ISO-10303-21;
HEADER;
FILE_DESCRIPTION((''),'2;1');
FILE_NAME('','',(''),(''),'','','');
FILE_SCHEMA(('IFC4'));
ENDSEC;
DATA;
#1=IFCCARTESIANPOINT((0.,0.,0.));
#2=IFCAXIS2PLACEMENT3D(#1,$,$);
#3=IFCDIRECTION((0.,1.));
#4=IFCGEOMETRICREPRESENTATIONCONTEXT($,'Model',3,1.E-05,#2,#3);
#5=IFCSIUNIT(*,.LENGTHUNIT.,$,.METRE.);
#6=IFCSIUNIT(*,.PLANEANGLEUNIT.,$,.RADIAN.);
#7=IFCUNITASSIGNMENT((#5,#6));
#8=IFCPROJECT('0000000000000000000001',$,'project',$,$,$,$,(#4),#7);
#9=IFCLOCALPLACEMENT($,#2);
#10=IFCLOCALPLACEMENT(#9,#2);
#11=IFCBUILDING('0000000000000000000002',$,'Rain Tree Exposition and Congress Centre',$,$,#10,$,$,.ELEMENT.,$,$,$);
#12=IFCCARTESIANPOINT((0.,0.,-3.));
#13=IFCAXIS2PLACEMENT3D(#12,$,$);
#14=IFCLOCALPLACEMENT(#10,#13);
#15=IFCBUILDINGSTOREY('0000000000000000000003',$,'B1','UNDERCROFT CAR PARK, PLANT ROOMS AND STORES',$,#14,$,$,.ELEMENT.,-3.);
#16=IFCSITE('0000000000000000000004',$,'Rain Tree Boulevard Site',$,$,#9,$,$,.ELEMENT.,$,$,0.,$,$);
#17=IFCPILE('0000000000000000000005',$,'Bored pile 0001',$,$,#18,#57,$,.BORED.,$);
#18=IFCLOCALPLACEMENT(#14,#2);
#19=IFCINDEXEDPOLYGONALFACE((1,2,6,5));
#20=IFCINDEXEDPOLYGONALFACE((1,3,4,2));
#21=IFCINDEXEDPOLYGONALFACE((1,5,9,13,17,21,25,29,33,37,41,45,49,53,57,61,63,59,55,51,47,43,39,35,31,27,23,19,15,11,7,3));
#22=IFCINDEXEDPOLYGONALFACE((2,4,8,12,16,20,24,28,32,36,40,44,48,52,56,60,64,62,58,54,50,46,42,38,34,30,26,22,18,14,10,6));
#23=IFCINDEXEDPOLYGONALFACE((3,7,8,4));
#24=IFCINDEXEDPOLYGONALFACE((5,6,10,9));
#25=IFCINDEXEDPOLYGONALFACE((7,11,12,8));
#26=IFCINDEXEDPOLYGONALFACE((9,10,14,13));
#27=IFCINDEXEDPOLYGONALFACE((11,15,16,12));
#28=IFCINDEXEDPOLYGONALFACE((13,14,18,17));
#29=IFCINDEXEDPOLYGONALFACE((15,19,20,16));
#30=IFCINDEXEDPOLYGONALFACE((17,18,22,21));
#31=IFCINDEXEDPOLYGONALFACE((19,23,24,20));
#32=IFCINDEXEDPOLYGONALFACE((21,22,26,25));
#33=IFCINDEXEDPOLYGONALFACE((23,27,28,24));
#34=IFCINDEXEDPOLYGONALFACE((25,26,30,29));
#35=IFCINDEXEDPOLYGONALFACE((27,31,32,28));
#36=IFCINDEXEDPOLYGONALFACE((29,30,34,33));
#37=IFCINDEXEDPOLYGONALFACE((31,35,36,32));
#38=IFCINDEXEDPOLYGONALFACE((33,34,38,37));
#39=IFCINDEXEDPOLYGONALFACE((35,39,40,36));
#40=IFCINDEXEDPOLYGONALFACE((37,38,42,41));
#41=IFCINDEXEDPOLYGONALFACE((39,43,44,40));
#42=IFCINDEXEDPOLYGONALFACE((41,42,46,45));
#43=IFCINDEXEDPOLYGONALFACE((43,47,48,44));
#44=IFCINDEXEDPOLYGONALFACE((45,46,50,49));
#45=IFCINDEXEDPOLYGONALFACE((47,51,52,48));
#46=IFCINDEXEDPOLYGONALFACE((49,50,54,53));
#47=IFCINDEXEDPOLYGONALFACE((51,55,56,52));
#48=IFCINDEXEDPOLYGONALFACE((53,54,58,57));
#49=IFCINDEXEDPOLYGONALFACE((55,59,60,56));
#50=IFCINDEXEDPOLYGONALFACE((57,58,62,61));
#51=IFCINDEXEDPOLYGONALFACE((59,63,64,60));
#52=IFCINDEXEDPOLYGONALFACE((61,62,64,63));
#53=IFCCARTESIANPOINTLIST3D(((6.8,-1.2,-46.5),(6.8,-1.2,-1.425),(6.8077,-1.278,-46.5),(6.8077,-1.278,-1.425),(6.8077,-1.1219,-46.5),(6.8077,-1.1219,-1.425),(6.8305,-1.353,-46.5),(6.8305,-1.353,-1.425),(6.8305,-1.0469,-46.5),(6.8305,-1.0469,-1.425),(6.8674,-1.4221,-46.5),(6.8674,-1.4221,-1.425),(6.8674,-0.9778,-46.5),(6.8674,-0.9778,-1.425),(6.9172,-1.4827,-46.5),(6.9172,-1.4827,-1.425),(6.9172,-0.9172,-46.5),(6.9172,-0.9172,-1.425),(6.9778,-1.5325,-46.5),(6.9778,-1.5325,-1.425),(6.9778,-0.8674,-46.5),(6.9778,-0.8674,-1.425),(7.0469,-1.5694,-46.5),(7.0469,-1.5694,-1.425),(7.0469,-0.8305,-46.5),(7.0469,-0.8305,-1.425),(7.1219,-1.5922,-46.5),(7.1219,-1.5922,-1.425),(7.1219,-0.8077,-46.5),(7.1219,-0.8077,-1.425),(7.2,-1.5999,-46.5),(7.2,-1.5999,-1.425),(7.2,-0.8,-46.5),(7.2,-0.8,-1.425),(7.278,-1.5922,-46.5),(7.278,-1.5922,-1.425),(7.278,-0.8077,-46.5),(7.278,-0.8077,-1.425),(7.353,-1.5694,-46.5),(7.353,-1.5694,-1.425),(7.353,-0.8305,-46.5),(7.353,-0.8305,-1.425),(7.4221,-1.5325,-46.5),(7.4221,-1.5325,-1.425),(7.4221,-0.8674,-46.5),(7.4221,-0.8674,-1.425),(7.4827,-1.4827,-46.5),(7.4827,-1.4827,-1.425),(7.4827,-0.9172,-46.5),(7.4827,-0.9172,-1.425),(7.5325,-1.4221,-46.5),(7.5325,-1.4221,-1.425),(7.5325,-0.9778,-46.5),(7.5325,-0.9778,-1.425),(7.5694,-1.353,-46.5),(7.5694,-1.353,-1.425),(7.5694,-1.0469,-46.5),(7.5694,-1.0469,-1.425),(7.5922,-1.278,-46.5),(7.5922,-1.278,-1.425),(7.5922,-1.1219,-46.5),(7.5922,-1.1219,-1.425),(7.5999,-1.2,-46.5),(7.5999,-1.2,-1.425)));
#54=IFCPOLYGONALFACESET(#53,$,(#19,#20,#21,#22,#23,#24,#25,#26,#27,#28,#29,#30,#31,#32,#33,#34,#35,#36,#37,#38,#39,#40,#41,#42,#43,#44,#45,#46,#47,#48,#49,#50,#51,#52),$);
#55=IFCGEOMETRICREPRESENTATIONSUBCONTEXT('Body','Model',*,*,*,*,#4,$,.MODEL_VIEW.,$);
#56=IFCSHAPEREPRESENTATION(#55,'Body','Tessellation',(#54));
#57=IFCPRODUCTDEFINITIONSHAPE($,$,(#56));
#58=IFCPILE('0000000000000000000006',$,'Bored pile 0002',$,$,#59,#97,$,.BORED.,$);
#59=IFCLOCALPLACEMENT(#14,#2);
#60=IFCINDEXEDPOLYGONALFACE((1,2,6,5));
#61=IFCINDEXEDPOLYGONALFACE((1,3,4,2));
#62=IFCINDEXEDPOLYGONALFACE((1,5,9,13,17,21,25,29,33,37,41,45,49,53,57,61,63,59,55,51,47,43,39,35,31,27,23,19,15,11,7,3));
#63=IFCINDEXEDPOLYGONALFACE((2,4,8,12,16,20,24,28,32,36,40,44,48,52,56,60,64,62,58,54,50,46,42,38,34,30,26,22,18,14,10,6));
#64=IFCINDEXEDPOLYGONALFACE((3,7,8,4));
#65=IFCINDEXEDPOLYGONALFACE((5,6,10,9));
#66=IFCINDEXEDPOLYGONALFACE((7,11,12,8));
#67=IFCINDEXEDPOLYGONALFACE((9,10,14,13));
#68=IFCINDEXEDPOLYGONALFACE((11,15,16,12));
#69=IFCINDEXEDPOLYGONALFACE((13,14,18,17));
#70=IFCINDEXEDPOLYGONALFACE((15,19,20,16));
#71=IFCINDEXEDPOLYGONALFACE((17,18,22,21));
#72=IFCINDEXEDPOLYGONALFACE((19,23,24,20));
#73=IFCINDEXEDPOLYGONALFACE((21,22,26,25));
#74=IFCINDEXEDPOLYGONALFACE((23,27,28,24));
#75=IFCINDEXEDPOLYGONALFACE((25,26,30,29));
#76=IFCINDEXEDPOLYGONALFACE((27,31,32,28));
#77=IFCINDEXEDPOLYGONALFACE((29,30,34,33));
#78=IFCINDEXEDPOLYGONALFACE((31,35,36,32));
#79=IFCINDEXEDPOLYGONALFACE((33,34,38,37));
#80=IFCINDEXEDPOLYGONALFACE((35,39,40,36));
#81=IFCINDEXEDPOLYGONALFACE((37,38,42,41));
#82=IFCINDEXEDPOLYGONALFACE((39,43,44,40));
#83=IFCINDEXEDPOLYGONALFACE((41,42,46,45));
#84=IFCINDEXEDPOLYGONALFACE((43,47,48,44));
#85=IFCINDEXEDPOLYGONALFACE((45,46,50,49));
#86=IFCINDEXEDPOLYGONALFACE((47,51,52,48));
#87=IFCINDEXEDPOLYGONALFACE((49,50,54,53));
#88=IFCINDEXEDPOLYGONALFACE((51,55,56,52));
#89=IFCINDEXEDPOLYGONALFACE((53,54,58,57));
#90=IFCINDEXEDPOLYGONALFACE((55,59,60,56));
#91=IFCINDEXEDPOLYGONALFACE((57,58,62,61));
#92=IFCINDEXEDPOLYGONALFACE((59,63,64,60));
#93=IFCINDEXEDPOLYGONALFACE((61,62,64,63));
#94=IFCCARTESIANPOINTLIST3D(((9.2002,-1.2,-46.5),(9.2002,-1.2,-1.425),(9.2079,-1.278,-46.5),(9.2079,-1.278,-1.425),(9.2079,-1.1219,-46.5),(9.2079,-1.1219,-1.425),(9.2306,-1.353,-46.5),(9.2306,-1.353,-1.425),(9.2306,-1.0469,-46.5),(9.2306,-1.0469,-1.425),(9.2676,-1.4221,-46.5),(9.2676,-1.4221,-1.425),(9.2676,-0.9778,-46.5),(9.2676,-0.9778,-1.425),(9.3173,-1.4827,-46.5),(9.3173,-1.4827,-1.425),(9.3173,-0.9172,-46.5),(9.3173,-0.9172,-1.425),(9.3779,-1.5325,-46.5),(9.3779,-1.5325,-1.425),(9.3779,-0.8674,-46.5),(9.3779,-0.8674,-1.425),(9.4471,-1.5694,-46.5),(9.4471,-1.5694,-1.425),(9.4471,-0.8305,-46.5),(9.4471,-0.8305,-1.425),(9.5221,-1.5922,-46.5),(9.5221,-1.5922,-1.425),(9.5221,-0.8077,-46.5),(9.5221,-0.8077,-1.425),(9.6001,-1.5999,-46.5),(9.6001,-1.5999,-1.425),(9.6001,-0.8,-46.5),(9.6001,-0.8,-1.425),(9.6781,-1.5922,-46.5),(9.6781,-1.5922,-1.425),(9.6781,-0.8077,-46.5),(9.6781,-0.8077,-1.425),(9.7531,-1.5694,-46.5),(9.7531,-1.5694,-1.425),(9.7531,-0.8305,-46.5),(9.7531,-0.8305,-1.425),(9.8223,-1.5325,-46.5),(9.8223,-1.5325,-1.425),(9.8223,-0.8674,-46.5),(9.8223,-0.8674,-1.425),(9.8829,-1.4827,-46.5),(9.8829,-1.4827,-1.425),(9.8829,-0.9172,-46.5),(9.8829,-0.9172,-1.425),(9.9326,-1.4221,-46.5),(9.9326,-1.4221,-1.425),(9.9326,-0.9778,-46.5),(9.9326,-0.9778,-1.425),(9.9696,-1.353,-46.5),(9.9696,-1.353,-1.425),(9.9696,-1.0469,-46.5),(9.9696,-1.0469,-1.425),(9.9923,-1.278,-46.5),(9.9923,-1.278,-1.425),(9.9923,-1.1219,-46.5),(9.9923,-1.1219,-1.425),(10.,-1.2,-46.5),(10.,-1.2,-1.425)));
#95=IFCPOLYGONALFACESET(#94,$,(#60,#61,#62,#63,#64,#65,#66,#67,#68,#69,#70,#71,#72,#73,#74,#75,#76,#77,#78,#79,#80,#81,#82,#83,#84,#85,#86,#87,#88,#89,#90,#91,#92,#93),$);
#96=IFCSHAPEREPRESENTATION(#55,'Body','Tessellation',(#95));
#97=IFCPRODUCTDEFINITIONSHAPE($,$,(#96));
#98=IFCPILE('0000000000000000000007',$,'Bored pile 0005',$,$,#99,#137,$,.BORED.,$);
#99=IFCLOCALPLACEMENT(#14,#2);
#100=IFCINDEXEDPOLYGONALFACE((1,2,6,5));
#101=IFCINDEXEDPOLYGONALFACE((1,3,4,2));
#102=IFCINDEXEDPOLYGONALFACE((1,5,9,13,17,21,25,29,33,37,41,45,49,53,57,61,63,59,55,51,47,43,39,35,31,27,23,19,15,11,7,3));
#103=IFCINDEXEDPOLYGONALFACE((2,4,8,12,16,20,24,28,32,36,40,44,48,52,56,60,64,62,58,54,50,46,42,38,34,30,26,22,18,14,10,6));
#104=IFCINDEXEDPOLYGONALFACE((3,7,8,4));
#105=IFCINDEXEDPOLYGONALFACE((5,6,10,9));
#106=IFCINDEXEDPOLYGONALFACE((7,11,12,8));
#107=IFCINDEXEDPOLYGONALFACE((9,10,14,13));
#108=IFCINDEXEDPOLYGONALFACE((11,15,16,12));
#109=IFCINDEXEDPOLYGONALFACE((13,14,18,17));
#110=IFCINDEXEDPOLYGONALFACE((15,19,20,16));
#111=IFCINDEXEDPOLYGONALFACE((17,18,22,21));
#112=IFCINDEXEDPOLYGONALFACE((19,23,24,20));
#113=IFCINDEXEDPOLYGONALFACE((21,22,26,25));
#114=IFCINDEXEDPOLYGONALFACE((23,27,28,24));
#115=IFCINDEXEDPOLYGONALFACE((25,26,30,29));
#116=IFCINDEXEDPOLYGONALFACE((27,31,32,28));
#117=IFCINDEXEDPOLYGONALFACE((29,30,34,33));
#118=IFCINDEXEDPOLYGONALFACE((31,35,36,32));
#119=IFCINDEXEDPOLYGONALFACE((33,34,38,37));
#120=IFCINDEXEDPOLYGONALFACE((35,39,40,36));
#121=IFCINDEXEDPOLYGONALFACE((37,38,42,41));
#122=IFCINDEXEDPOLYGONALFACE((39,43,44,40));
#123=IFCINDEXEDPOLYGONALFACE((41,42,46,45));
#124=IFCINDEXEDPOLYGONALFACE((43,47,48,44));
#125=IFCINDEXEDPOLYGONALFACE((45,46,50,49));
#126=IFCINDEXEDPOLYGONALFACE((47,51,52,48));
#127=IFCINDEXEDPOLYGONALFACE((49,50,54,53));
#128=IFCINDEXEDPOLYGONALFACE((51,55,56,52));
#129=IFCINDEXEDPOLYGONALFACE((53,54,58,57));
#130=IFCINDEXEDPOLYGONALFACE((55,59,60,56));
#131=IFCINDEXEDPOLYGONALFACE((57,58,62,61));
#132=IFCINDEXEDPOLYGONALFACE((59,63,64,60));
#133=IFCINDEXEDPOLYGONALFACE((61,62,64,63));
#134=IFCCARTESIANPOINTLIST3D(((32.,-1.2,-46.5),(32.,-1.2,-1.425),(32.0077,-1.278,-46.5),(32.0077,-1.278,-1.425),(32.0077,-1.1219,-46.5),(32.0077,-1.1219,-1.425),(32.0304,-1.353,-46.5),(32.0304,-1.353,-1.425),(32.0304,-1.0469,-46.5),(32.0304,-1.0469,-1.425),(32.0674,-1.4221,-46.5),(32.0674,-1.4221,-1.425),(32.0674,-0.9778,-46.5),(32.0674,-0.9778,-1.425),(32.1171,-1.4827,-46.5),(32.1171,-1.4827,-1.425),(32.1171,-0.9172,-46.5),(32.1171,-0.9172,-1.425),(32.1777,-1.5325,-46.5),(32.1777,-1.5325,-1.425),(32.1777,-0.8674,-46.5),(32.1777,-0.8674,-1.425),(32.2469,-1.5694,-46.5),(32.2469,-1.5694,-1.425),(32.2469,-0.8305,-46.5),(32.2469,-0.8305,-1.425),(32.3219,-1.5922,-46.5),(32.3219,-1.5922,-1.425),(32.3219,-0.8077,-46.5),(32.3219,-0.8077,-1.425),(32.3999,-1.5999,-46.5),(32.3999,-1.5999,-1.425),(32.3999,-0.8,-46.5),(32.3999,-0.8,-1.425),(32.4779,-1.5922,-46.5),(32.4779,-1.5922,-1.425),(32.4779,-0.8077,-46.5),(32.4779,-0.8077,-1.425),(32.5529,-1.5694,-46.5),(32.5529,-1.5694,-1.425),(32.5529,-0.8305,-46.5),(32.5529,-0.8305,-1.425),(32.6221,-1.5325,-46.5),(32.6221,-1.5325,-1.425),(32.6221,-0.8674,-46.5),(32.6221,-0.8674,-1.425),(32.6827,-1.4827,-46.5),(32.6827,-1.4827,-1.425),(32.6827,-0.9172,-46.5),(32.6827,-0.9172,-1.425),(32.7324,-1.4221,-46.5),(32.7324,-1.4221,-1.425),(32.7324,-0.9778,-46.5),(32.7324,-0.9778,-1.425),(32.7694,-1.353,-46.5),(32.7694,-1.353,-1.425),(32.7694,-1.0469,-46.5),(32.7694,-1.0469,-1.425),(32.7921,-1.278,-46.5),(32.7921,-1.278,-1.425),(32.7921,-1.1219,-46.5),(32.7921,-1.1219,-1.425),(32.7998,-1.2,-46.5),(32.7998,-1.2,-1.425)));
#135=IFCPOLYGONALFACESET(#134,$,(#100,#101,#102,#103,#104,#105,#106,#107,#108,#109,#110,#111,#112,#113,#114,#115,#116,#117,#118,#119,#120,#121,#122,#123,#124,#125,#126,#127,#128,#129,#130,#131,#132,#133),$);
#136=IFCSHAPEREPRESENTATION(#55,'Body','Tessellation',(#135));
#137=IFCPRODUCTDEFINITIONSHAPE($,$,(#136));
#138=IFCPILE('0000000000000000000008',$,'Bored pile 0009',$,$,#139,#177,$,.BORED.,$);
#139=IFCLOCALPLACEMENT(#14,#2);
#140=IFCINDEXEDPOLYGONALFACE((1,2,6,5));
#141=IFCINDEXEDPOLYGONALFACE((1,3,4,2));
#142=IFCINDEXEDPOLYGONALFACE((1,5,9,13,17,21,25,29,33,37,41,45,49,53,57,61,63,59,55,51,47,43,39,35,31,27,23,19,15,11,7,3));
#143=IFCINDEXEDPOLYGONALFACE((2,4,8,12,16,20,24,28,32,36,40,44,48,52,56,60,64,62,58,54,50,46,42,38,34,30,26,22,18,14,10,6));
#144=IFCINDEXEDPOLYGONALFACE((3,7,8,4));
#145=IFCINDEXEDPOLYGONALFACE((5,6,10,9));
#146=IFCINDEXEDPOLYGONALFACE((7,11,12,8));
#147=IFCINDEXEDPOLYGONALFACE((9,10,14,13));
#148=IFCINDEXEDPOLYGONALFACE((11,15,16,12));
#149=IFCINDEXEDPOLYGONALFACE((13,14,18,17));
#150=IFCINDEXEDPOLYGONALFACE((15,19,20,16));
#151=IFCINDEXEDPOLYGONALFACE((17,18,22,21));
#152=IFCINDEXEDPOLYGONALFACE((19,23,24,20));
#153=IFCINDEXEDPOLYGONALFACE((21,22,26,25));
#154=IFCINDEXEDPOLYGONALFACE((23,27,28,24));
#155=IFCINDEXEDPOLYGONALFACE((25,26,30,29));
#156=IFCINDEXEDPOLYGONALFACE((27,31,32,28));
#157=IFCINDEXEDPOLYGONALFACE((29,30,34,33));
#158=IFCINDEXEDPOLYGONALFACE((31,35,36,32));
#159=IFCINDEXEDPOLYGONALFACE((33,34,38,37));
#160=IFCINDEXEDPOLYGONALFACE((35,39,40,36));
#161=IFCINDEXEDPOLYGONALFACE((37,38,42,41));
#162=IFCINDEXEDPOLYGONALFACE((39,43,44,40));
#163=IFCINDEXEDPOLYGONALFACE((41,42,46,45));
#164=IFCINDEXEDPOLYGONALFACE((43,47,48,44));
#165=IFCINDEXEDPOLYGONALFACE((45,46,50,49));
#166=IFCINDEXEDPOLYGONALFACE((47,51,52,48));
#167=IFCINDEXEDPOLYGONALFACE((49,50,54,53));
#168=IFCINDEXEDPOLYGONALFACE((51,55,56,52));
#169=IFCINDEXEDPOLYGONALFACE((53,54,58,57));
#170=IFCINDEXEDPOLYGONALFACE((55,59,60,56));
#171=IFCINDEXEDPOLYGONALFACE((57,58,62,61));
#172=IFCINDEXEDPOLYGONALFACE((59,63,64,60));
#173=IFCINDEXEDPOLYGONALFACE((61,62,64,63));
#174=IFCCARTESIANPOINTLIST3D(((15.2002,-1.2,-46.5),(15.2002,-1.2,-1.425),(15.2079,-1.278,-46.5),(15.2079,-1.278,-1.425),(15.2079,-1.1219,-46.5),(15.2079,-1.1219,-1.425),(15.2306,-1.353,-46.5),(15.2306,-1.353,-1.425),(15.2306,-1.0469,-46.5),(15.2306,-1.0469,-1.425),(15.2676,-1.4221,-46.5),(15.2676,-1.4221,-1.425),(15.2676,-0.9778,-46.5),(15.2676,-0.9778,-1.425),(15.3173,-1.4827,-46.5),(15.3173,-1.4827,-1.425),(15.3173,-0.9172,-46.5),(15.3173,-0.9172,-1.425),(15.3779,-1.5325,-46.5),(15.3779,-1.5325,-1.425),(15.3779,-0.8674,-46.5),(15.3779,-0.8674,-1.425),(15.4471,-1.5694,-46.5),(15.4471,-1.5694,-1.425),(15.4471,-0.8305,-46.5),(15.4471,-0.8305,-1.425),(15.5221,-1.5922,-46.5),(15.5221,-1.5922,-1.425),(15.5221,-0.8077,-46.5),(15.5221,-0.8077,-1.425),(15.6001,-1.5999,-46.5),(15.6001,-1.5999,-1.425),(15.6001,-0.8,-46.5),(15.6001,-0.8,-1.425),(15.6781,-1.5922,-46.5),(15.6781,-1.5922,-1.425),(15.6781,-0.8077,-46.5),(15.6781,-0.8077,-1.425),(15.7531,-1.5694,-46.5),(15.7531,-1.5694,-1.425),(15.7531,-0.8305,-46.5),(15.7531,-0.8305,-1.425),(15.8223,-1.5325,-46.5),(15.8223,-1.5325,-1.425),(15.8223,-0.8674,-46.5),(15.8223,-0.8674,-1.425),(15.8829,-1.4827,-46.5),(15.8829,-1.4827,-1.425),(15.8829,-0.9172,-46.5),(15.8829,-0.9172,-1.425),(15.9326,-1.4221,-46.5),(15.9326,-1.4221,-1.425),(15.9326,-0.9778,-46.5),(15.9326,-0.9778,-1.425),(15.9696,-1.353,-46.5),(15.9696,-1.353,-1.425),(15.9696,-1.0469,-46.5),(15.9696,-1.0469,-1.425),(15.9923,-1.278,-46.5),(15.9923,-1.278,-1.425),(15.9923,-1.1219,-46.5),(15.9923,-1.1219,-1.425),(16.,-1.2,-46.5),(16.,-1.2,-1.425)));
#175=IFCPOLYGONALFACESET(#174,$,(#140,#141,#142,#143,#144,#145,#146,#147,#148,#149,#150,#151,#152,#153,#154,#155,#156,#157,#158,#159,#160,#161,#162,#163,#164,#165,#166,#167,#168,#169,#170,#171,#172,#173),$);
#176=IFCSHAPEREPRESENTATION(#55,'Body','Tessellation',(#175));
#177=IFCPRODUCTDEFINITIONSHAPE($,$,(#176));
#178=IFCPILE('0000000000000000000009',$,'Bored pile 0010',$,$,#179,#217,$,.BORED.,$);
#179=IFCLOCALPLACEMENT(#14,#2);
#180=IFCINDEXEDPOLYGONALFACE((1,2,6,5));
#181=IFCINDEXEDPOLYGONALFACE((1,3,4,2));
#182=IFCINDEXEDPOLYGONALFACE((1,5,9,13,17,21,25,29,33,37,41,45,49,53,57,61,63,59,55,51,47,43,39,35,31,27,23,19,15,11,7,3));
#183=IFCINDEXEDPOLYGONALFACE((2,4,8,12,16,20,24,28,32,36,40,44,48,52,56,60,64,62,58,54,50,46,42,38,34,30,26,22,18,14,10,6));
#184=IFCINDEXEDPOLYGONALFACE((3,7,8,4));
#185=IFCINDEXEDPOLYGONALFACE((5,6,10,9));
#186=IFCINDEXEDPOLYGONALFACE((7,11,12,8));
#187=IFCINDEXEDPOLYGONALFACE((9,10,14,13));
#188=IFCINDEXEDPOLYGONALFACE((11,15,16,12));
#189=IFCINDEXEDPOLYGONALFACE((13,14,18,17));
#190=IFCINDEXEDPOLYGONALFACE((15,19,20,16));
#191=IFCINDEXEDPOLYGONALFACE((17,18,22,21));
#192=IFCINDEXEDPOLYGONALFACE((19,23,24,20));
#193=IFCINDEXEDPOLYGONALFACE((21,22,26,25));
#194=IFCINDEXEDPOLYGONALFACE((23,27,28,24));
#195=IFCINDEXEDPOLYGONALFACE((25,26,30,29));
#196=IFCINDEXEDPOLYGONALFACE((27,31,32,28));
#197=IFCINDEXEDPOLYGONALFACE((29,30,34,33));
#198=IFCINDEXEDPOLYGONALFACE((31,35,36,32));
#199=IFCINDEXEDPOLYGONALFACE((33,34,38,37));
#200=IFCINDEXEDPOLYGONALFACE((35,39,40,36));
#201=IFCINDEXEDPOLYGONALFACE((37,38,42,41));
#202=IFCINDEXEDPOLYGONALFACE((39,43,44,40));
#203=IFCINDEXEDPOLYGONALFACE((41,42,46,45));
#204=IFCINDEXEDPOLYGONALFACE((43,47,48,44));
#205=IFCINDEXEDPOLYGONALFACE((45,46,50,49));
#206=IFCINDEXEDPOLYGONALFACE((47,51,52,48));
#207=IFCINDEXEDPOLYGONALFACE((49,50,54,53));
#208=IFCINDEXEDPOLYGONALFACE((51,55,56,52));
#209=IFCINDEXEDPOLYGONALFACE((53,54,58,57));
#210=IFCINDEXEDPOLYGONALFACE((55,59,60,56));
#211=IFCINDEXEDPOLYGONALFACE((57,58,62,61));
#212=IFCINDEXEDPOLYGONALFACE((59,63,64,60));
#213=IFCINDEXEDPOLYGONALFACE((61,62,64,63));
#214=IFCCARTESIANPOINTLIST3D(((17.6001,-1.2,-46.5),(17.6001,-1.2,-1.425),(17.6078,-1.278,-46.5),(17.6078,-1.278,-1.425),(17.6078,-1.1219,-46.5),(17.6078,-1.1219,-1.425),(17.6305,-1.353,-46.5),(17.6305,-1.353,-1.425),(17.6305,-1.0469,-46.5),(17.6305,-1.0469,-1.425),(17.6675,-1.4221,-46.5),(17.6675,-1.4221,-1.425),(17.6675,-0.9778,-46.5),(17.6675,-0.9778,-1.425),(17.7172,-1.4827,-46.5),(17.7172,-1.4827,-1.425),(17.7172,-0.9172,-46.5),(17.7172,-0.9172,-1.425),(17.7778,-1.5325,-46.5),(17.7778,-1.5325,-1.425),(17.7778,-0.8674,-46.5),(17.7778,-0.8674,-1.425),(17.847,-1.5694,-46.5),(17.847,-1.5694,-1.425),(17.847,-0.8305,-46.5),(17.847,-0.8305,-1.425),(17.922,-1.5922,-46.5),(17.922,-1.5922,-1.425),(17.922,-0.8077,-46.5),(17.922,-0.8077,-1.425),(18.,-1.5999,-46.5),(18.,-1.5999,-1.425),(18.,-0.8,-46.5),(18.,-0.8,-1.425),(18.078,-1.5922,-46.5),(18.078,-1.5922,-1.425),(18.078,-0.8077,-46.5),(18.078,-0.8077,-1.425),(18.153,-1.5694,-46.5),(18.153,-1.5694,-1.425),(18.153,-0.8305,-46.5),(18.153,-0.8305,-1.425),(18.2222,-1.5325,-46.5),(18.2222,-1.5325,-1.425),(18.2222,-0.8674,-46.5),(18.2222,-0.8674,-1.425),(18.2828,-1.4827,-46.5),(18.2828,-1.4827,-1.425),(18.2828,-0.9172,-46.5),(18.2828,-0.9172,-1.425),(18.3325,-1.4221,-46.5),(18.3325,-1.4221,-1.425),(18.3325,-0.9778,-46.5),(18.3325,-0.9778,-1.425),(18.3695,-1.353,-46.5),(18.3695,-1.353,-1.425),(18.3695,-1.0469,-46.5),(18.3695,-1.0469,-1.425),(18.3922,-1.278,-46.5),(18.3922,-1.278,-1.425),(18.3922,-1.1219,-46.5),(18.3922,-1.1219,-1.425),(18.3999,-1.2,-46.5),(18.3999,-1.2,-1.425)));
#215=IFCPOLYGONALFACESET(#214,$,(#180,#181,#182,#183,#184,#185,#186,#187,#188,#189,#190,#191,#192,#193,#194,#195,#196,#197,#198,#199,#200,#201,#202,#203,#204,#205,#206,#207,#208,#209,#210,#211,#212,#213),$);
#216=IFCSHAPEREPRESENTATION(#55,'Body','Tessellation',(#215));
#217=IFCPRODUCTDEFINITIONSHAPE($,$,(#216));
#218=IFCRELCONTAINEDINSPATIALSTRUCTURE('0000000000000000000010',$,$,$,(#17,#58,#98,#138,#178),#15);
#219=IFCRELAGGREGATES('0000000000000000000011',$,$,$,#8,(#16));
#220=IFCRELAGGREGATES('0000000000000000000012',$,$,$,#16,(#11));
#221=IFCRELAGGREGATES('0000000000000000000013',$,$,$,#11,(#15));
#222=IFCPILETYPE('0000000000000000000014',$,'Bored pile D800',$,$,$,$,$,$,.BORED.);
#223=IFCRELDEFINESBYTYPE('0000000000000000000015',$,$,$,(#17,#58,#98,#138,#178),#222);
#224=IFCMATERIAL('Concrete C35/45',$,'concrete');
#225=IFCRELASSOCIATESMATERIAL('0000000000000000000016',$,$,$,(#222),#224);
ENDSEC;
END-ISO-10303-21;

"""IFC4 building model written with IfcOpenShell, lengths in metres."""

from ifc_helpers import new_model, si_unit, direction, frame, origin, origin_2d, place, context, subcontext, project, spatial, circle, extrude, material, material_profile, profile_set, type_object, element, save


model = new_model("IFC4")

# Units and contexts
model_context = context("Model", 3, precision=1e-05, world=origin(), true_north=direction((0.0, 1.0)))
body_context = subcontext(model_context, "Body", "Model", "MODEL_VIEW")
ifc_project = project(units=[si_unit("LENGTHUNIT", "METRE"), si_unit("PLANEANGLEUNIT", "RADIAN")], contexts=[model_context])

# Site, building, storey
site_placement = place(None, origin())
site = spatial("IfcSite", under=ifc_project, at=site_placement, Name="Rain Tree Boulevard Site", CompositionType="ELEMENT", RefElevation=0.0)
building_placement = place(site_placement, origin())
building = spatial("IfcBuilding", under=site, at=building_placement, Name="Rain Tree Exposition and Congress Centre", CompositionType="ELEMENT")
storey_placement = place(building_placement, frame((0.0, 0.0, -3.0)))
storey = spatial("IfcBuildingStorey", under=building, at=storey_placement, Name="B1", Description="UNDERCROFT CAR PARK, PLANT ROOMS AND STORES", CompositionType="ELEMENT", Elevation=-3.0)

# Piles
ifc_material_1 = material(Name="Concrete C35/45", Category="concrete")
ifc_material_profile = material_profile(ifc_material_1, circle(Radius=0.3999, at=origin_2d()), Name="D800")
ifc_profile_set = profile_set([ifc_material_profile], Name="Concrete C35/45")
pile_type = type_object("IfcPileType", Name="Bored pile D800", PredefinedType="BORED", material=ifc_profile_set)
for number, where, z_axis, x_axis, name in (
    (1, (7.2, -1.2, -1.425), (0.0, 0.0, -1.0), (1.0, 0.0, 0.0), "Bored pile 0001"),
    (2, (9.6001, -1.2, -1.425), (0.0, 0.0, -1.0), (1.0, 0.0, 0.0), "Bored pile 0002"),
    (3, (32.3999, -1.2, -1.425), (0.0, 0.0, -1.0), (1.0, 0.0, 0.0), "Bored pile 0005"),
    (4, (15.6001, -1.2, -1.425), (0.0, 0.0, -1.0), (1.0, 0.0, 0.0), "Bored pile 0009"),
    (5, (18.0, -1.2, -1.425), (0.0, 0.0, -1.0), (1.0, 0.0, 0.0), "Bored pile 0010"),
):
    element("IfcPile", number, at=place(storey_placement, frame(where, z_axis=z_axis, x_axis=x_axis)), inside=storey, type_object=pile_type, Name=name, PredefinedType="BORED", context=body_context, shape_type="SweptSolid", body=[
        extrude(circle(Radius=0.3999, at=origin_2d()), origin(), (0.0, 0.0, 1.0), 45.075),
    ])

save(model, "model.ifc")
